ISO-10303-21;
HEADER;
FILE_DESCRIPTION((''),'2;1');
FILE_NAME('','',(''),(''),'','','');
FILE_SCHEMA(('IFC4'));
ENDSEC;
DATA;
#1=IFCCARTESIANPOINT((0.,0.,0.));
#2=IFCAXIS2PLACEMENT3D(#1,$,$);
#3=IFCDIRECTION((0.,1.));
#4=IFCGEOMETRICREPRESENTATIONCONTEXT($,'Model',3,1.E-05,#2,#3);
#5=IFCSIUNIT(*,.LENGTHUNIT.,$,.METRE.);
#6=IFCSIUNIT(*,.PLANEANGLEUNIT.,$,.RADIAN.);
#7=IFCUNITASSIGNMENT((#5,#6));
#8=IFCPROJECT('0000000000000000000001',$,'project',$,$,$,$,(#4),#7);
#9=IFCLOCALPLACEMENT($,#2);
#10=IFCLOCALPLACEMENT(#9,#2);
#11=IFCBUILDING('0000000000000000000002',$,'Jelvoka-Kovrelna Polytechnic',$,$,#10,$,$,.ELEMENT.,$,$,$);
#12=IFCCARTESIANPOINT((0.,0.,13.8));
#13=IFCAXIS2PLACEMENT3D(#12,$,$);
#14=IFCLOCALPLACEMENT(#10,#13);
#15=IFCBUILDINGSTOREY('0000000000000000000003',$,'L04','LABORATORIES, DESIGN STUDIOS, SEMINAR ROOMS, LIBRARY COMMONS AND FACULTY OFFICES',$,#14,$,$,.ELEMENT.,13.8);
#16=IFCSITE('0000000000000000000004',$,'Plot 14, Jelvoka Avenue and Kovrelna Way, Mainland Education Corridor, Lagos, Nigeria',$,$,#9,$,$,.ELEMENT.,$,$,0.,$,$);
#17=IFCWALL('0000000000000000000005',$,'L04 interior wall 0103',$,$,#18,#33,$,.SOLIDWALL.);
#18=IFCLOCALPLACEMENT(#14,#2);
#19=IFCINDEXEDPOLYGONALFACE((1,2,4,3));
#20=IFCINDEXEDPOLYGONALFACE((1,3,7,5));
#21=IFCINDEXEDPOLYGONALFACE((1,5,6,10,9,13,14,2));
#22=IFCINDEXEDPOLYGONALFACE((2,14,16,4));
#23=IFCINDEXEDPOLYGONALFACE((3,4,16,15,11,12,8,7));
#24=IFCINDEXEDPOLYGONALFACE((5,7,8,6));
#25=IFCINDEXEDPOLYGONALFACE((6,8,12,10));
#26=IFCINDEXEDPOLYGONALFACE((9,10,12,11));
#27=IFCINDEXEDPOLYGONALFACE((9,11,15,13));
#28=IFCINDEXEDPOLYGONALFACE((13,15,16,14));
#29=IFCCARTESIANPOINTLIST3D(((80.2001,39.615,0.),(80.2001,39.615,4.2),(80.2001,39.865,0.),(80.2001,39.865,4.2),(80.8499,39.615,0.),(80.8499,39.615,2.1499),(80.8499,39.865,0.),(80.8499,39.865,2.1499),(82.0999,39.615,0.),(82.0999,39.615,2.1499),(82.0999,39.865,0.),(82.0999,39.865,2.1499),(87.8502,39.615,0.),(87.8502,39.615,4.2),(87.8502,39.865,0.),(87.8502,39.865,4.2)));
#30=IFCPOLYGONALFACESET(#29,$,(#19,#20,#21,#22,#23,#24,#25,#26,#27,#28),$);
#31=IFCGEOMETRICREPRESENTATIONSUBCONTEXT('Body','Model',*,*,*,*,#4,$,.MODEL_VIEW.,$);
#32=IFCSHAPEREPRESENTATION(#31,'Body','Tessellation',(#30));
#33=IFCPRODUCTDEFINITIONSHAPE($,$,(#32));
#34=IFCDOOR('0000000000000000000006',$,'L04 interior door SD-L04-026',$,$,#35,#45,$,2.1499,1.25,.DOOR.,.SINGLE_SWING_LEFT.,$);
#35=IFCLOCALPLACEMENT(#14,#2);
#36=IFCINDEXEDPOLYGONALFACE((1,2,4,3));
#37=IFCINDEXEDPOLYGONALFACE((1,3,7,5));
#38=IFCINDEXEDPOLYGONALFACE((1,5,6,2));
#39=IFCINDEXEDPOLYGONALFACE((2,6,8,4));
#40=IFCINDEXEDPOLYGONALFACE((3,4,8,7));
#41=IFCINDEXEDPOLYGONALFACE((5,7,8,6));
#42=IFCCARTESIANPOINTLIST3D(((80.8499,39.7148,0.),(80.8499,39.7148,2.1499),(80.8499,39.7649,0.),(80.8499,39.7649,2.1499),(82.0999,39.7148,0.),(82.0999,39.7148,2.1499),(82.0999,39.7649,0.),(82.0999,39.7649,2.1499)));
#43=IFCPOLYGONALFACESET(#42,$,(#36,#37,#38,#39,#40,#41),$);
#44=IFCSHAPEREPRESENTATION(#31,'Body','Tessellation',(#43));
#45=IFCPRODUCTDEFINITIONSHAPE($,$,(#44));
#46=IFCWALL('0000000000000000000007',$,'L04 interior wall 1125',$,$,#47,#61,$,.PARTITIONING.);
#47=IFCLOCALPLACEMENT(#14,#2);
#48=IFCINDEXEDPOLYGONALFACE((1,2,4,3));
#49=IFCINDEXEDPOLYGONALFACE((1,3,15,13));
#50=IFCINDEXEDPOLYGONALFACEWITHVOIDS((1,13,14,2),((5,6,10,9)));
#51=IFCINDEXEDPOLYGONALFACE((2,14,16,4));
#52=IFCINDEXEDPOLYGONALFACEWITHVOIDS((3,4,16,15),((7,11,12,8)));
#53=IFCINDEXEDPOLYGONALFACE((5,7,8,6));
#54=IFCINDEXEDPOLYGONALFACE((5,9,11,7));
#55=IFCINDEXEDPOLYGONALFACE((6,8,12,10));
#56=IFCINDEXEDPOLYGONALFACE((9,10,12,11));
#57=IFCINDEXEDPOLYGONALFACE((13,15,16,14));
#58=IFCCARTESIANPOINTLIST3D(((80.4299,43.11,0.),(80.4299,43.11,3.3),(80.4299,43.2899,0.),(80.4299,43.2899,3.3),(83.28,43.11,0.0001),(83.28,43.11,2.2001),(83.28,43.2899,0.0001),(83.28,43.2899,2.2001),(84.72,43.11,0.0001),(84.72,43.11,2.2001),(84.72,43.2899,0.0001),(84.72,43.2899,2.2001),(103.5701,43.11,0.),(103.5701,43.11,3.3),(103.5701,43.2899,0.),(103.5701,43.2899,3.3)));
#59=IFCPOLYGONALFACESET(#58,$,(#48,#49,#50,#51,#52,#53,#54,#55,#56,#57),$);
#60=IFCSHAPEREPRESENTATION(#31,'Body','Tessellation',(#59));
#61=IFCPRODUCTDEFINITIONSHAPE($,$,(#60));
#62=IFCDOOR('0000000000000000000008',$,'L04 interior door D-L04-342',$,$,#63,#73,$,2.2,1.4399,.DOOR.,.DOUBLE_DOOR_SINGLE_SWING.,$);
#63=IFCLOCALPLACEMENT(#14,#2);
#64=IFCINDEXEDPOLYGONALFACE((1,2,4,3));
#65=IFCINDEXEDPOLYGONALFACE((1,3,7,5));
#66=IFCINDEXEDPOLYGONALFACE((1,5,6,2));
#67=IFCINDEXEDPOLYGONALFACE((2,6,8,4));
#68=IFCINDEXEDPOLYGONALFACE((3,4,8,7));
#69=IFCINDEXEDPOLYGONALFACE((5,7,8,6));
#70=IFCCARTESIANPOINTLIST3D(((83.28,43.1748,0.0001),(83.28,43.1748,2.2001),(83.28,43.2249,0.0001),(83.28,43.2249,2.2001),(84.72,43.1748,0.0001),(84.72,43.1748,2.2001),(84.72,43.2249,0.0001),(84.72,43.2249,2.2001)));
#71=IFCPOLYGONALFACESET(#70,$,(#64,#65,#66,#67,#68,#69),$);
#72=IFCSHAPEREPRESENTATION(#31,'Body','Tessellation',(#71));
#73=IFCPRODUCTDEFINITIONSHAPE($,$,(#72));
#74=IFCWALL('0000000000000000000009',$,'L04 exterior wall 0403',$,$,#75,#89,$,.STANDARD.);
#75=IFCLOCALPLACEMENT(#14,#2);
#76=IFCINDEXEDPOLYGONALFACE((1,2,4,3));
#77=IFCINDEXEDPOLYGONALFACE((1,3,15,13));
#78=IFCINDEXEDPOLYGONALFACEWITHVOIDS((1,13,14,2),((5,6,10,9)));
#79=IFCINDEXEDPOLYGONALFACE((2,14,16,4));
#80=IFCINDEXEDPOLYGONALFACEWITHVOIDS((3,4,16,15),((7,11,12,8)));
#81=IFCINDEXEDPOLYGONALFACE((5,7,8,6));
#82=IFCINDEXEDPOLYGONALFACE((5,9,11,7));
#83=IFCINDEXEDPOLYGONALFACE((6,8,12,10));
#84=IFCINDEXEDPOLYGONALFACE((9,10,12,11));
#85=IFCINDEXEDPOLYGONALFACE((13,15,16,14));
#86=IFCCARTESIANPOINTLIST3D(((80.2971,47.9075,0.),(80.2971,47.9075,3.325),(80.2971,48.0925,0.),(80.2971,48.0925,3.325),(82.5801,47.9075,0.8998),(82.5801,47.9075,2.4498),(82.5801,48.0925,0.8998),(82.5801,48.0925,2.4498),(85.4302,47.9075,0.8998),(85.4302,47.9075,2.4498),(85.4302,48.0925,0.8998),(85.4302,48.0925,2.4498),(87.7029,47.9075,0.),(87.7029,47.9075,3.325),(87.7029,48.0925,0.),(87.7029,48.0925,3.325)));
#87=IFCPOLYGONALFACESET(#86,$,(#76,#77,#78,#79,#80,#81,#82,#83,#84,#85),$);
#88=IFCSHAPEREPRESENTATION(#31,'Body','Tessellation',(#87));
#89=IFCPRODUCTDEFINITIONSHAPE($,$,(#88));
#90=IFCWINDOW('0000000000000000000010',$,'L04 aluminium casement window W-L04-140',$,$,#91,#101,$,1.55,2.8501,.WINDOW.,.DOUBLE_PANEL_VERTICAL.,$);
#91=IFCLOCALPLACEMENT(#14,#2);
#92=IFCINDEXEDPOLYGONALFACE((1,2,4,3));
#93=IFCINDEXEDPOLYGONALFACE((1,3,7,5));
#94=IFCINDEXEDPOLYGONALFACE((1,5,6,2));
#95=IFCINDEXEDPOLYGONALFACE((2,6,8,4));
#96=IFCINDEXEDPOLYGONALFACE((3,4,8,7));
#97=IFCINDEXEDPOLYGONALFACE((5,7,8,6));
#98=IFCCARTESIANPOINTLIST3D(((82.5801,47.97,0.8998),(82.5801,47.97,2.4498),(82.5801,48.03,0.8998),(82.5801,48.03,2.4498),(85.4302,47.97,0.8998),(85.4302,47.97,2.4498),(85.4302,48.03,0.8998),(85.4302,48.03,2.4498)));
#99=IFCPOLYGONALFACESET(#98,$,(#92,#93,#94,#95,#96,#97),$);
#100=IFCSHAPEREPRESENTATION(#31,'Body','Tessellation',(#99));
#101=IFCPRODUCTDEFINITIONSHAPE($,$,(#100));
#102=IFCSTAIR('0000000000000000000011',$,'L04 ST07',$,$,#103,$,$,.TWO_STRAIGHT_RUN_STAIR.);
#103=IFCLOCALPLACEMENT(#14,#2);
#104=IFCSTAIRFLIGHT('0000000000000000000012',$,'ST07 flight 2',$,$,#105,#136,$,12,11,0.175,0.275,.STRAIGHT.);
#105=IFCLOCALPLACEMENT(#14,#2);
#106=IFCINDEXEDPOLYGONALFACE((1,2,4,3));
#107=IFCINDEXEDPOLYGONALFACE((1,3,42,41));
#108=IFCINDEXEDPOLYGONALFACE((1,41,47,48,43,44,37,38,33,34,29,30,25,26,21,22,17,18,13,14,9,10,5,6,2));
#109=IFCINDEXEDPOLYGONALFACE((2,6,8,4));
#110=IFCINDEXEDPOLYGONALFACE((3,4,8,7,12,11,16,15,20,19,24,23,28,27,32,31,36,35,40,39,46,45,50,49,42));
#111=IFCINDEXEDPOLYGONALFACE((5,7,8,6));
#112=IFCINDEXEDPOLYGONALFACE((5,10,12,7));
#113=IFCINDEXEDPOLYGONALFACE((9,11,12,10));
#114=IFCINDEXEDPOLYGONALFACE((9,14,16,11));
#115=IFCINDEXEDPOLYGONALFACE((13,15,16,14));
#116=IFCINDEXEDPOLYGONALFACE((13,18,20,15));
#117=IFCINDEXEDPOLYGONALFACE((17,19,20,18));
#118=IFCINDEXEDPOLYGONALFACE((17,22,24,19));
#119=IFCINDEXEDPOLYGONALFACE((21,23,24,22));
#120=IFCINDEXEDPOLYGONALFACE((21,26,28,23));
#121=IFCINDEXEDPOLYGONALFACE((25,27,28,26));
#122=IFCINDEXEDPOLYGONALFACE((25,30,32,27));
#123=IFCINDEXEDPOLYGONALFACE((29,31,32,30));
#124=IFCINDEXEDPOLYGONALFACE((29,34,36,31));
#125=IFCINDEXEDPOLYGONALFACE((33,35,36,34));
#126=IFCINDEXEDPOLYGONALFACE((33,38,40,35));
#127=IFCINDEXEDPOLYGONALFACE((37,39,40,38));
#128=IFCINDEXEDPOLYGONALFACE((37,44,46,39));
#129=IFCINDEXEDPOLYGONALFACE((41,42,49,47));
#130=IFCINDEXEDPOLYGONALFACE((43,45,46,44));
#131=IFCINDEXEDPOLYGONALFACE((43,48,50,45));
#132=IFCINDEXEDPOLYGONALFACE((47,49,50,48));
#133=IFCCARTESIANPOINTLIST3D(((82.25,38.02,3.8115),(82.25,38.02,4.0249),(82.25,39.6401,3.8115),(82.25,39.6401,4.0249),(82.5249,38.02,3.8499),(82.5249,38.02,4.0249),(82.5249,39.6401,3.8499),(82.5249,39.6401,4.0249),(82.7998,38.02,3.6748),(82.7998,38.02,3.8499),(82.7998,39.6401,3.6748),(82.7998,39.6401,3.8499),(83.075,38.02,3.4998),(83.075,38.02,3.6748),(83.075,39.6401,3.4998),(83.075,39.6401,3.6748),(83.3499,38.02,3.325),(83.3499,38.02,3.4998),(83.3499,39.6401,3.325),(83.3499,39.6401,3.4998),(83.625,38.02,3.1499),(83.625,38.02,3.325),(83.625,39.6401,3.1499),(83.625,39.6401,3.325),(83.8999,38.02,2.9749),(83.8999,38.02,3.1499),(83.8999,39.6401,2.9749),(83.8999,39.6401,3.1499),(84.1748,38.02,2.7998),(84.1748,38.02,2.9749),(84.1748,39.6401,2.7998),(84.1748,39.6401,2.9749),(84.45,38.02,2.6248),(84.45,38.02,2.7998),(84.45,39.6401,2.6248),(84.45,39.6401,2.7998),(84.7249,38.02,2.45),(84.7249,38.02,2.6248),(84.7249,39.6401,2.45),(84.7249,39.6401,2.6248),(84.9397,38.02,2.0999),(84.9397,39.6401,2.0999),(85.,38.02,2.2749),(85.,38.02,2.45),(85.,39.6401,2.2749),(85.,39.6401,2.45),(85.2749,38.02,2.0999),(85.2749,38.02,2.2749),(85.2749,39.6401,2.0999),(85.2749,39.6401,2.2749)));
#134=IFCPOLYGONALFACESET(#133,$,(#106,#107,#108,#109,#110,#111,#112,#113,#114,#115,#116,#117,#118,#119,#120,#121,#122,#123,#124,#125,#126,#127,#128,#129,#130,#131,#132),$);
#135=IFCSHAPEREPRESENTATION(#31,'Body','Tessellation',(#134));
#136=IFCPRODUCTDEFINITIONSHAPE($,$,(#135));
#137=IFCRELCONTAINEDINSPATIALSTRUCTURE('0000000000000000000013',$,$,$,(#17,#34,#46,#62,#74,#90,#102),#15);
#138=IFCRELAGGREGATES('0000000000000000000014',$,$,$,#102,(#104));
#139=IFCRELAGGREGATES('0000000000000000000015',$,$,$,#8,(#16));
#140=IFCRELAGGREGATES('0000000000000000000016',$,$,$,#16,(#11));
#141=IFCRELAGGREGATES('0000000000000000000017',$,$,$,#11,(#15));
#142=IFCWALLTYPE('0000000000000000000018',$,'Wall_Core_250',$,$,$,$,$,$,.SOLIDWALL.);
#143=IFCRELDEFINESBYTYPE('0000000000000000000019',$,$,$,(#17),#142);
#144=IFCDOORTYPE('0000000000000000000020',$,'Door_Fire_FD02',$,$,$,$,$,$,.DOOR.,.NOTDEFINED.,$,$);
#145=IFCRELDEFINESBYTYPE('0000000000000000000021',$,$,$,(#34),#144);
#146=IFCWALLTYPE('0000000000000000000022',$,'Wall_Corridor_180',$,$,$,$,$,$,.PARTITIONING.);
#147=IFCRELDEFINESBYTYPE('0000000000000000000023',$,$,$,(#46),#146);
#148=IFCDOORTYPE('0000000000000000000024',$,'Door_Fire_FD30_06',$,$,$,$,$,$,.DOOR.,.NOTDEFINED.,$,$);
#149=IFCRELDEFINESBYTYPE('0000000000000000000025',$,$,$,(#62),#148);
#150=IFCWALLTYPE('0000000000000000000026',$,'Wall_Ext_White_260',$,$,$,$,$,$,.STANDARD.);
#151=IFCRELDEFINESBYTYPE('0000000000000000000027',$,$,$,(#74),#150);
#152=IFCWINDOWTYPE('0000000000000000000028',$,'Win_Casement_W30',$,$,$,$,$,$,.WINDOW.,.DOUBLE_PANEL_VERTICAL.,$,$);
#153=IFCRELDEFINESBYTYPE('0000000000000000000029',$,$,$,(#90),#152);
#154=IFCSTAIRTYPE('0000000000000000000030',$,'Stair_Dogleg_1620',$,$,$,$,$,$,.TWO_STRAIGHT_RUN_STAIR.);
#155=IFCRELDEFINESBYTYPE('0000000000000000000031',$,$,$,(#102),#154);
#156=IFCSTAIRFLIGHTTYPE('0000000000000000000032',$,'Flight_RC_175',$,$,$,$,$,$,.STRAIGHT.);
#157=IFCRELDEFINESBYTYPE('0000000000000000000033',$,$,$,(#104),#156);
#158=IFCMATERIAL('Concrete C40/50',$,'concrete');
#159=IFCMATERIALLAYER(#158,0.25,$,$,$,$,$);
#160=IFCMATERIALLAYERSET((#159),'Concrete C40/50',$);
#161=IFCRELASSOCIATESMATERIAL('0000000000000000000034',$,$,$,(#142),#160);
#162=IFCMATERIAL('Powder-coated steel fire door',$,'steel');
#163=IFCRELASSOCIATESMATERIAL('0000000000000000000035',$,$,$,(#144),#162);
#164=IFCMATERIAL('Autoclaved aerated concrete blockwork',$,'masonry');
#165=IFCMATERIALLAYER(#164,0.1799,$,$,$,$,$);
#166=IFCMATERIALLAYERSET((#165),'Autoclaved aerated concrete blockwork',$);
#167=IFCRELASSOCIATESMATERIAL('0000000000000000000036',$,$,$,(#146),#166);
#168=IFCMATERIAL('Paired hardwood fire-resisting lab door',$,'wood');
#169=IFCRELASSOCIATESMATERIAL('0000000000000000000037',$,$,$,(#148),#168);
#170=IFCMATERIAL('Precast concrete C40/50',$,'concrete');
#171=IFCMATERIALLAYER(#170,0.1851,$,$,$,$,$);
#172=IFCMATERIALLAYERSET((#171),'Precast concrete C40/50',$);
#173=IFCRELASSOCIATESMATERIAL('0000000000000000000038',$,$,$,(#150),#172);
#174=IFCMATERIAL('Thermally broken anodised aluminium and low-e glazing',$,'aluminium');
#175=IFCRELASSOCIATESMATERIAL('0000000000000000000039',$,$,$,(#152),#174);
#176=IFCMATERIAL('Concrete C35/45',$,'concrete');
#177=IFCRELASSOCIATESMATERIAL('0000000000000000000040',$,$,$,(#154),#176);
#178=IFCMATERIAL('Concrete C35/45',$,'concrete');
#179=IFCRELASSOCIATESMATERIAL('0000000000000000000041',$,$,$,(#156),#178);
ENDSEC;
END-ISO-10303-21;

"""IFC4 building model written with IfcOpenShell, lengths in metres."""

from ifc_helpers import new_model, si_unit, direction, frame, frame_2d, origin, place, context, subcontext, project, spatial, polyline, rectangle, outline, extrude, material, layer, layer_set, type_object, element, fill, aggregate, save


model = new_model("IFC4")

# Units and contexts
model_context = context("Model", 3, precision=1e-05, world=origin(), true_north=direction((0.0, 1.0)))
body_context = subcontext(model_context, "Body", "Model", "MODEL_VIEW")
ifc_project = project(units=[si_unit("LENGTHUNIT", "METRE"), si_unit("PLANEANGLEUNIT", "RADIAN")], contexts=[model_context])

# Site, building, storey
site_placement = place(None, origin())
site = spatial("IfcSite", under=ifc_project, at=site_placement, Name="Plot 14, Jelvoka Avenue and Kovrelna Way, Mainland Education Corridor, Lagos, Nigeria", CompositionType="ELEMENT", RefElevation=0.0)
building_placement = place(site_placement, origin())
building = spatial("IfcBuilding", under=site, at=building_placement, Name="Jelvoka-Kovrelna Polytechnic", CompositionType="ELEMENT")
storey_placement = place(building_placement, frame((0.0, 0.0, 13.8)))
storey = spatial("IfcBuildingStorey", under=building, at=storey_placement, Name="L04", Description="LABORATORIES, DESIGN STUDIOS, SEMINAR ROOMS, LIBRARY COMMONS AND FACULTY OFFICES", CompositionType="ELEMENT", Elevation=13.8)

# Walls, openings, doors
ifc_material_1 = material(Name="Concrete C40/50", Category="concrete")
ifc_layer_1 = layer(ifc_material_1, 0.25)
ifc_layer_set_1 = layer_set([ifc_layer_1], Name="Concrete C40/50")
wall_type_1 = type_object("IfcWallType", Name="Wall_Core_250", PredefinedType="SOLIDWALL", material=ifc_layer_set_1)
wall_1_placement = place(storey_placement, frame((80.2, 39.74, 0.0), z_axis=(0.0, 0.0, 1.0), x_axis=(1.0, 0.0, 0.0)))
wall_1 = element("IfcWall", 1, at=wall_1_placement, inside=storey, type_object=wall_type_1, Name="L04 interior wall 0103", PredefinedType="SOLIDWALL", context=body_context, shape_type="SweptSolid", body=[
    extrude(rectangle(XDim=7.6501, YDim=0.25, at=frame_2d((3.8252, 0.0))), origin(), (0.0, 0.0, 1.0), 4.2),
])
opening_1_placement = place(wall_1_placement, frame((0.6499, 0.0, 0.0)))
opening_1 = element("IfcOpeningElement", 2, at=opening_1_placement, cuts=wall_1, PredefinedType="OPENING", context=body_context, shape_type="SweptSolid", body=[
    extrude(rectangle(XDim=1.25, YDim=2.1499, at=frame_2d((0.625, 1.075))), frame((0.0, 0.135, 0.0), z_axis=(0.0, -1.0, 0.0), x_axis=(1.0, 0.0, 0.0)), (0.0, 0.0, 1.0), 0.27),
])
ifc_material_2 = material(Name="Powder-coated steel fire door", Category="steel")
door_type_1 = type_object("IfcDoorType", Name="Door_Fire_FD02", OperationType="NOTDEFINED", PredefinedType="DOOR", material=ifc_material_2)
door_1_placement = place(opening_1_placement, origin())
door_1 = element("IfcDoor", 3, at=door_1_placement, inside=storey, type_object=door_type_1, Name="L04 interior door SD-L04-026", OperationType="SINGLE_SWING_LEFT", OverallHeight=2.1499, OverallWidth=1.25, PredefinedType="DOOR", context=body_context, shape_type="SweptSolid", body=[
    extrude(rectangle(XDim=1.25, YDim=2.1499, at=frame_2d((0.625, 1.075))), frame((0.0, 0.0249, 0.0), z_axis=(0.0, -1.0, 0.0), x_axis=(1.0, 0.0, 0.0)), (0.0, 0.0, 1.0), 0.05),
])
fill(opening_1, door_1)
ifc_material_3 = material(Name="Autoclaved aerated concrete blockwork", Category="masonry")
ifc_layer_2 = layer(ifc_material_3, 0.1799)
ifc_layer_set_2 = layer_set([ifc_layer_2], Name="Autoclaved aerated concrete blockwork")
wall_type_2 = type_object("IfcWallType", Name="Wall_Corridor_180", PredefinedType="PARTITIONING", material=ifc_layer_set_2)
wall_2_placement = place(storey_placement, frame((80.4299, 43.2, 0.0), z_axis=(0.0, 0.0, 1.0), x_axis=(1.0, 0.0, 0.0)))
wall_2 = element("IfcWall", 4, at=wall_2_placement, inside=storey, type_object=wall_type_2, Name="L04 interior wall 1125", PredefinedType="PARTITIONING", context=body_context, shape_type="SweptSolid", body=[
    extrude(rectangle(XDim=23.1401, YDim=0.1799, at=frame_2d((11.5701, 0.0))), origin(), (0.0, 0.0, 1.0), 3.3),
])
opening_2_placement = place(wall_2_placement, frame((2.8501, 0.0, 0.0)))
opening_2 = element("IfcOpeningElement", 5, at=opening_2_placement, cuts=wall_2, PredefinedType="OPENING", context=body_context, shape_type="SweptSolid", body=[
    extrude(rectangle(XDim=1.4399, YDim=2.2, at=frame_2d((0.72, 1.1001))), frame((0.0, 0.0999, 0.0), z_axis=(0.0, -1.0, 0.0), x_axis=(1.0, 0.0, 0.0)), (0.0, 0.0, 1.0), 0.2),
])
ifc_material_4 = material(Name="Paired hardwood fire-resisting lab door", Category="wood")
door_type_2 = type_object("IfcDoorType", Name="Door_Fire_FD30_06", OperationType="NOTDEFINED", PredefinedType="DOOR", material=ifc_material_4)
door_2_placement = place(opening_2_placement, origin())
door_2 = element("IfcDoor", 6, at=door_2_placement, inside=storey, type_object=door_type_2, Name="L04 interior door D-L04-342", OperationType="DOUBLE_DOOR_SINGLE_SWING", OverallHeight=2.2, OverallWidth=1.4399, PredefinedType="DOOR", context=body_context, shape_type="SweptSolid", body=[
    extrude(rectangle(XDim=1.4399, YDim=2.2, at=frame_2d((0.72, 1.1001))), frame((0.0, 0.0249, 0.0), z_axis=(0.0, -1.0, 0.0), x_axis=(1.0, 0.0, 0.0)), (0.0, 0.0, 1.0), 0.05),
])
fill(opening_2, door_2)

# Wall, opening, window
ifc_material_5 = material(Name="Precast concrete C40/50", Category="concrete")
ifc_layer_3 = layer(ifc_material_5, 0.1851)
ifc_layer_set_3 = layer_set([ifc_layer_3], Name="Precast concrete C40/50")
wall_type_3 = type_object("IfcWallType", Name="Wall_Ext_White_260", PredefinedType="STANDARD", material=ifc_layer_set_3)
wall_3_placement = place(storey_placement, frame((80.2971, 48.0, 0.0), z_axis=(0.0, 0.0, 1.0), x_axis=(1.0, 0.0, 0.0)))
wall_3 = element("IfcWall", 7, at=wall_3_placement, inside=storey, type_object=wall_type_3, Name="L04 exterior wall 0403", PredefinedType="STANDARD", context=body_context, shape_type="SweptSolid", body=[
    extrude(rectangle(XDim=7.4058, YDim=0.1851, at=frame_2d((3.7029, 0.0))), origin(), (0.0, 0.0, 1.0), 3.325),
])
opening_3_placement = place(wall_3_placement, frame((2.283, 0.0, 0.8999)))
opening_3 = element("IfcOpeningElement", 8, at=opening_3_placement, cuts=wall_3, PredefinedType="OPENING", context=body_context, shape_type="SweptSolid", body=[
    extrude(rectangle(XDim=2.8501, YDim=1.55, at=frame_2d((1.425, 0.7749))), frame((0.0, 0.1025, 0.0), z_axis=(0.0, -1.0, 0.0), x_axis=(1.0, 0.0, 0.0)), (0.0, 0.0, 1.0), 0.2051),
])
ifc_material_6 = material(Name="Thermally broken anodised aluminium and low-e glazing", Category="aluminium")
window_type = type_object("IfcWindowType", Name="Win_Casement_W30", PartitioningType="DOUBLE_PANEL_VERTICAL", PredefinedType="WINDOW", material=ifc_material_6)
window_placement = place(opening_3_placement, origin())
window = element("IfcWindow", 9, at=window_placement, inside=storey, type_object=window_type, Name="L04 aluminium casement window W-L04-140", OverallHeight=1.55, OverallWidth=2.8501, PartitioningType="DOUBLE_PANEL_VERTICAL", PredefinedType="WINDOW", context=body_context, shape_type="SweptSolid", body=[
    extrude(rectangle(XDim=2.8501, YDim=1.55, at=frame_2d((1.425, 0.7749))), frame((0.0, 0.03, 0.0), z_axis=(0.0, -1.0, 0.0), x_axis=(1.0, 0.0, 0.0)), (0.0, 0.0, 1.0), 0.0601),
])
fill(opening_3, window)

# Stair, stair flight
ifc_material_7 = material(Name="Concrete C35/45", Category="concrete")
stair_type = type_object("IfcStairType", Name="Stair_Dogleg_1620", PredefinedType="TWO_STRAIGHT_RUN_STAIR", material=ifc_material_7)
stair_placement = place(storey_placement, origin())
stair = element("IfcStair", 10, at=stair_placement, inside=storey, type_object=stair_type, Name="L04 ST07", PredefinedType="TWO_STRAIGHT_RUN_STAIR")
ifc_material_8 = material(Name="Concrete C35/45", Category="concrete")
stair_flight_type = type_object("IfcStairFlightType", Name="Flight_RC_175", PredefinedType="STRAIGHT", material=ifc_material_8)
stair_flight_placement = place(storey_placement, frame((85.2749, 38.8301, 2.0999), z_axis=(0.0, 0.0, 1.0), x_axis=(-1.0, 0.0, 0.0)))
stair_flight = element("IfcStairFlight", 11, at=stair_flight_placement, type_object=stair_flight_type, Name="ST07 flight 2", NumberOfRisers=12, NumberOfTreads=11, PredefinedType="STRAIGHT", RiserHeight=0.175, TreadLength=0.275, context=body_context, shape_type="SweptSolid", body=[
    extrude(outline(polyline([(0.0, 0.0), (0.0, 0.175), (0.2749, 0.175), (0.2749, 0.3501), (0.55, 0.3501), (0.55, 0.5249), (0.825, 0.5249), (0.825, 0.7), (1.1001, 0.7), (1.1001, 0.875), (1.375, 0.875), (1.375, 1.05), (1.6499, 1.05), (1.6499, 1.2251), (1.925, 1.2251), (1.925, 1.3999), (2.2, 1.3999), (2.2, 1.575), (2.4751, 1.575), (2.4751, 1.75), (2.75, 1.75), (2.75, 1.925), (3.0249, 1.925), (3.0249, 2.1001), (3.0249, 1.7117), (0.3352, 0.0), (0.0, 0.0)])), frame((0.0, 0.8101, 0.0), z_axis=(0.0, -1.0, 0.0), x_axis=(1.0, 0.0, 0.0)), (0.0, 0.0, 1.0), 1.6201),
])
aggregate(stair, [stair_flight])

save(model, "model.ifc")
